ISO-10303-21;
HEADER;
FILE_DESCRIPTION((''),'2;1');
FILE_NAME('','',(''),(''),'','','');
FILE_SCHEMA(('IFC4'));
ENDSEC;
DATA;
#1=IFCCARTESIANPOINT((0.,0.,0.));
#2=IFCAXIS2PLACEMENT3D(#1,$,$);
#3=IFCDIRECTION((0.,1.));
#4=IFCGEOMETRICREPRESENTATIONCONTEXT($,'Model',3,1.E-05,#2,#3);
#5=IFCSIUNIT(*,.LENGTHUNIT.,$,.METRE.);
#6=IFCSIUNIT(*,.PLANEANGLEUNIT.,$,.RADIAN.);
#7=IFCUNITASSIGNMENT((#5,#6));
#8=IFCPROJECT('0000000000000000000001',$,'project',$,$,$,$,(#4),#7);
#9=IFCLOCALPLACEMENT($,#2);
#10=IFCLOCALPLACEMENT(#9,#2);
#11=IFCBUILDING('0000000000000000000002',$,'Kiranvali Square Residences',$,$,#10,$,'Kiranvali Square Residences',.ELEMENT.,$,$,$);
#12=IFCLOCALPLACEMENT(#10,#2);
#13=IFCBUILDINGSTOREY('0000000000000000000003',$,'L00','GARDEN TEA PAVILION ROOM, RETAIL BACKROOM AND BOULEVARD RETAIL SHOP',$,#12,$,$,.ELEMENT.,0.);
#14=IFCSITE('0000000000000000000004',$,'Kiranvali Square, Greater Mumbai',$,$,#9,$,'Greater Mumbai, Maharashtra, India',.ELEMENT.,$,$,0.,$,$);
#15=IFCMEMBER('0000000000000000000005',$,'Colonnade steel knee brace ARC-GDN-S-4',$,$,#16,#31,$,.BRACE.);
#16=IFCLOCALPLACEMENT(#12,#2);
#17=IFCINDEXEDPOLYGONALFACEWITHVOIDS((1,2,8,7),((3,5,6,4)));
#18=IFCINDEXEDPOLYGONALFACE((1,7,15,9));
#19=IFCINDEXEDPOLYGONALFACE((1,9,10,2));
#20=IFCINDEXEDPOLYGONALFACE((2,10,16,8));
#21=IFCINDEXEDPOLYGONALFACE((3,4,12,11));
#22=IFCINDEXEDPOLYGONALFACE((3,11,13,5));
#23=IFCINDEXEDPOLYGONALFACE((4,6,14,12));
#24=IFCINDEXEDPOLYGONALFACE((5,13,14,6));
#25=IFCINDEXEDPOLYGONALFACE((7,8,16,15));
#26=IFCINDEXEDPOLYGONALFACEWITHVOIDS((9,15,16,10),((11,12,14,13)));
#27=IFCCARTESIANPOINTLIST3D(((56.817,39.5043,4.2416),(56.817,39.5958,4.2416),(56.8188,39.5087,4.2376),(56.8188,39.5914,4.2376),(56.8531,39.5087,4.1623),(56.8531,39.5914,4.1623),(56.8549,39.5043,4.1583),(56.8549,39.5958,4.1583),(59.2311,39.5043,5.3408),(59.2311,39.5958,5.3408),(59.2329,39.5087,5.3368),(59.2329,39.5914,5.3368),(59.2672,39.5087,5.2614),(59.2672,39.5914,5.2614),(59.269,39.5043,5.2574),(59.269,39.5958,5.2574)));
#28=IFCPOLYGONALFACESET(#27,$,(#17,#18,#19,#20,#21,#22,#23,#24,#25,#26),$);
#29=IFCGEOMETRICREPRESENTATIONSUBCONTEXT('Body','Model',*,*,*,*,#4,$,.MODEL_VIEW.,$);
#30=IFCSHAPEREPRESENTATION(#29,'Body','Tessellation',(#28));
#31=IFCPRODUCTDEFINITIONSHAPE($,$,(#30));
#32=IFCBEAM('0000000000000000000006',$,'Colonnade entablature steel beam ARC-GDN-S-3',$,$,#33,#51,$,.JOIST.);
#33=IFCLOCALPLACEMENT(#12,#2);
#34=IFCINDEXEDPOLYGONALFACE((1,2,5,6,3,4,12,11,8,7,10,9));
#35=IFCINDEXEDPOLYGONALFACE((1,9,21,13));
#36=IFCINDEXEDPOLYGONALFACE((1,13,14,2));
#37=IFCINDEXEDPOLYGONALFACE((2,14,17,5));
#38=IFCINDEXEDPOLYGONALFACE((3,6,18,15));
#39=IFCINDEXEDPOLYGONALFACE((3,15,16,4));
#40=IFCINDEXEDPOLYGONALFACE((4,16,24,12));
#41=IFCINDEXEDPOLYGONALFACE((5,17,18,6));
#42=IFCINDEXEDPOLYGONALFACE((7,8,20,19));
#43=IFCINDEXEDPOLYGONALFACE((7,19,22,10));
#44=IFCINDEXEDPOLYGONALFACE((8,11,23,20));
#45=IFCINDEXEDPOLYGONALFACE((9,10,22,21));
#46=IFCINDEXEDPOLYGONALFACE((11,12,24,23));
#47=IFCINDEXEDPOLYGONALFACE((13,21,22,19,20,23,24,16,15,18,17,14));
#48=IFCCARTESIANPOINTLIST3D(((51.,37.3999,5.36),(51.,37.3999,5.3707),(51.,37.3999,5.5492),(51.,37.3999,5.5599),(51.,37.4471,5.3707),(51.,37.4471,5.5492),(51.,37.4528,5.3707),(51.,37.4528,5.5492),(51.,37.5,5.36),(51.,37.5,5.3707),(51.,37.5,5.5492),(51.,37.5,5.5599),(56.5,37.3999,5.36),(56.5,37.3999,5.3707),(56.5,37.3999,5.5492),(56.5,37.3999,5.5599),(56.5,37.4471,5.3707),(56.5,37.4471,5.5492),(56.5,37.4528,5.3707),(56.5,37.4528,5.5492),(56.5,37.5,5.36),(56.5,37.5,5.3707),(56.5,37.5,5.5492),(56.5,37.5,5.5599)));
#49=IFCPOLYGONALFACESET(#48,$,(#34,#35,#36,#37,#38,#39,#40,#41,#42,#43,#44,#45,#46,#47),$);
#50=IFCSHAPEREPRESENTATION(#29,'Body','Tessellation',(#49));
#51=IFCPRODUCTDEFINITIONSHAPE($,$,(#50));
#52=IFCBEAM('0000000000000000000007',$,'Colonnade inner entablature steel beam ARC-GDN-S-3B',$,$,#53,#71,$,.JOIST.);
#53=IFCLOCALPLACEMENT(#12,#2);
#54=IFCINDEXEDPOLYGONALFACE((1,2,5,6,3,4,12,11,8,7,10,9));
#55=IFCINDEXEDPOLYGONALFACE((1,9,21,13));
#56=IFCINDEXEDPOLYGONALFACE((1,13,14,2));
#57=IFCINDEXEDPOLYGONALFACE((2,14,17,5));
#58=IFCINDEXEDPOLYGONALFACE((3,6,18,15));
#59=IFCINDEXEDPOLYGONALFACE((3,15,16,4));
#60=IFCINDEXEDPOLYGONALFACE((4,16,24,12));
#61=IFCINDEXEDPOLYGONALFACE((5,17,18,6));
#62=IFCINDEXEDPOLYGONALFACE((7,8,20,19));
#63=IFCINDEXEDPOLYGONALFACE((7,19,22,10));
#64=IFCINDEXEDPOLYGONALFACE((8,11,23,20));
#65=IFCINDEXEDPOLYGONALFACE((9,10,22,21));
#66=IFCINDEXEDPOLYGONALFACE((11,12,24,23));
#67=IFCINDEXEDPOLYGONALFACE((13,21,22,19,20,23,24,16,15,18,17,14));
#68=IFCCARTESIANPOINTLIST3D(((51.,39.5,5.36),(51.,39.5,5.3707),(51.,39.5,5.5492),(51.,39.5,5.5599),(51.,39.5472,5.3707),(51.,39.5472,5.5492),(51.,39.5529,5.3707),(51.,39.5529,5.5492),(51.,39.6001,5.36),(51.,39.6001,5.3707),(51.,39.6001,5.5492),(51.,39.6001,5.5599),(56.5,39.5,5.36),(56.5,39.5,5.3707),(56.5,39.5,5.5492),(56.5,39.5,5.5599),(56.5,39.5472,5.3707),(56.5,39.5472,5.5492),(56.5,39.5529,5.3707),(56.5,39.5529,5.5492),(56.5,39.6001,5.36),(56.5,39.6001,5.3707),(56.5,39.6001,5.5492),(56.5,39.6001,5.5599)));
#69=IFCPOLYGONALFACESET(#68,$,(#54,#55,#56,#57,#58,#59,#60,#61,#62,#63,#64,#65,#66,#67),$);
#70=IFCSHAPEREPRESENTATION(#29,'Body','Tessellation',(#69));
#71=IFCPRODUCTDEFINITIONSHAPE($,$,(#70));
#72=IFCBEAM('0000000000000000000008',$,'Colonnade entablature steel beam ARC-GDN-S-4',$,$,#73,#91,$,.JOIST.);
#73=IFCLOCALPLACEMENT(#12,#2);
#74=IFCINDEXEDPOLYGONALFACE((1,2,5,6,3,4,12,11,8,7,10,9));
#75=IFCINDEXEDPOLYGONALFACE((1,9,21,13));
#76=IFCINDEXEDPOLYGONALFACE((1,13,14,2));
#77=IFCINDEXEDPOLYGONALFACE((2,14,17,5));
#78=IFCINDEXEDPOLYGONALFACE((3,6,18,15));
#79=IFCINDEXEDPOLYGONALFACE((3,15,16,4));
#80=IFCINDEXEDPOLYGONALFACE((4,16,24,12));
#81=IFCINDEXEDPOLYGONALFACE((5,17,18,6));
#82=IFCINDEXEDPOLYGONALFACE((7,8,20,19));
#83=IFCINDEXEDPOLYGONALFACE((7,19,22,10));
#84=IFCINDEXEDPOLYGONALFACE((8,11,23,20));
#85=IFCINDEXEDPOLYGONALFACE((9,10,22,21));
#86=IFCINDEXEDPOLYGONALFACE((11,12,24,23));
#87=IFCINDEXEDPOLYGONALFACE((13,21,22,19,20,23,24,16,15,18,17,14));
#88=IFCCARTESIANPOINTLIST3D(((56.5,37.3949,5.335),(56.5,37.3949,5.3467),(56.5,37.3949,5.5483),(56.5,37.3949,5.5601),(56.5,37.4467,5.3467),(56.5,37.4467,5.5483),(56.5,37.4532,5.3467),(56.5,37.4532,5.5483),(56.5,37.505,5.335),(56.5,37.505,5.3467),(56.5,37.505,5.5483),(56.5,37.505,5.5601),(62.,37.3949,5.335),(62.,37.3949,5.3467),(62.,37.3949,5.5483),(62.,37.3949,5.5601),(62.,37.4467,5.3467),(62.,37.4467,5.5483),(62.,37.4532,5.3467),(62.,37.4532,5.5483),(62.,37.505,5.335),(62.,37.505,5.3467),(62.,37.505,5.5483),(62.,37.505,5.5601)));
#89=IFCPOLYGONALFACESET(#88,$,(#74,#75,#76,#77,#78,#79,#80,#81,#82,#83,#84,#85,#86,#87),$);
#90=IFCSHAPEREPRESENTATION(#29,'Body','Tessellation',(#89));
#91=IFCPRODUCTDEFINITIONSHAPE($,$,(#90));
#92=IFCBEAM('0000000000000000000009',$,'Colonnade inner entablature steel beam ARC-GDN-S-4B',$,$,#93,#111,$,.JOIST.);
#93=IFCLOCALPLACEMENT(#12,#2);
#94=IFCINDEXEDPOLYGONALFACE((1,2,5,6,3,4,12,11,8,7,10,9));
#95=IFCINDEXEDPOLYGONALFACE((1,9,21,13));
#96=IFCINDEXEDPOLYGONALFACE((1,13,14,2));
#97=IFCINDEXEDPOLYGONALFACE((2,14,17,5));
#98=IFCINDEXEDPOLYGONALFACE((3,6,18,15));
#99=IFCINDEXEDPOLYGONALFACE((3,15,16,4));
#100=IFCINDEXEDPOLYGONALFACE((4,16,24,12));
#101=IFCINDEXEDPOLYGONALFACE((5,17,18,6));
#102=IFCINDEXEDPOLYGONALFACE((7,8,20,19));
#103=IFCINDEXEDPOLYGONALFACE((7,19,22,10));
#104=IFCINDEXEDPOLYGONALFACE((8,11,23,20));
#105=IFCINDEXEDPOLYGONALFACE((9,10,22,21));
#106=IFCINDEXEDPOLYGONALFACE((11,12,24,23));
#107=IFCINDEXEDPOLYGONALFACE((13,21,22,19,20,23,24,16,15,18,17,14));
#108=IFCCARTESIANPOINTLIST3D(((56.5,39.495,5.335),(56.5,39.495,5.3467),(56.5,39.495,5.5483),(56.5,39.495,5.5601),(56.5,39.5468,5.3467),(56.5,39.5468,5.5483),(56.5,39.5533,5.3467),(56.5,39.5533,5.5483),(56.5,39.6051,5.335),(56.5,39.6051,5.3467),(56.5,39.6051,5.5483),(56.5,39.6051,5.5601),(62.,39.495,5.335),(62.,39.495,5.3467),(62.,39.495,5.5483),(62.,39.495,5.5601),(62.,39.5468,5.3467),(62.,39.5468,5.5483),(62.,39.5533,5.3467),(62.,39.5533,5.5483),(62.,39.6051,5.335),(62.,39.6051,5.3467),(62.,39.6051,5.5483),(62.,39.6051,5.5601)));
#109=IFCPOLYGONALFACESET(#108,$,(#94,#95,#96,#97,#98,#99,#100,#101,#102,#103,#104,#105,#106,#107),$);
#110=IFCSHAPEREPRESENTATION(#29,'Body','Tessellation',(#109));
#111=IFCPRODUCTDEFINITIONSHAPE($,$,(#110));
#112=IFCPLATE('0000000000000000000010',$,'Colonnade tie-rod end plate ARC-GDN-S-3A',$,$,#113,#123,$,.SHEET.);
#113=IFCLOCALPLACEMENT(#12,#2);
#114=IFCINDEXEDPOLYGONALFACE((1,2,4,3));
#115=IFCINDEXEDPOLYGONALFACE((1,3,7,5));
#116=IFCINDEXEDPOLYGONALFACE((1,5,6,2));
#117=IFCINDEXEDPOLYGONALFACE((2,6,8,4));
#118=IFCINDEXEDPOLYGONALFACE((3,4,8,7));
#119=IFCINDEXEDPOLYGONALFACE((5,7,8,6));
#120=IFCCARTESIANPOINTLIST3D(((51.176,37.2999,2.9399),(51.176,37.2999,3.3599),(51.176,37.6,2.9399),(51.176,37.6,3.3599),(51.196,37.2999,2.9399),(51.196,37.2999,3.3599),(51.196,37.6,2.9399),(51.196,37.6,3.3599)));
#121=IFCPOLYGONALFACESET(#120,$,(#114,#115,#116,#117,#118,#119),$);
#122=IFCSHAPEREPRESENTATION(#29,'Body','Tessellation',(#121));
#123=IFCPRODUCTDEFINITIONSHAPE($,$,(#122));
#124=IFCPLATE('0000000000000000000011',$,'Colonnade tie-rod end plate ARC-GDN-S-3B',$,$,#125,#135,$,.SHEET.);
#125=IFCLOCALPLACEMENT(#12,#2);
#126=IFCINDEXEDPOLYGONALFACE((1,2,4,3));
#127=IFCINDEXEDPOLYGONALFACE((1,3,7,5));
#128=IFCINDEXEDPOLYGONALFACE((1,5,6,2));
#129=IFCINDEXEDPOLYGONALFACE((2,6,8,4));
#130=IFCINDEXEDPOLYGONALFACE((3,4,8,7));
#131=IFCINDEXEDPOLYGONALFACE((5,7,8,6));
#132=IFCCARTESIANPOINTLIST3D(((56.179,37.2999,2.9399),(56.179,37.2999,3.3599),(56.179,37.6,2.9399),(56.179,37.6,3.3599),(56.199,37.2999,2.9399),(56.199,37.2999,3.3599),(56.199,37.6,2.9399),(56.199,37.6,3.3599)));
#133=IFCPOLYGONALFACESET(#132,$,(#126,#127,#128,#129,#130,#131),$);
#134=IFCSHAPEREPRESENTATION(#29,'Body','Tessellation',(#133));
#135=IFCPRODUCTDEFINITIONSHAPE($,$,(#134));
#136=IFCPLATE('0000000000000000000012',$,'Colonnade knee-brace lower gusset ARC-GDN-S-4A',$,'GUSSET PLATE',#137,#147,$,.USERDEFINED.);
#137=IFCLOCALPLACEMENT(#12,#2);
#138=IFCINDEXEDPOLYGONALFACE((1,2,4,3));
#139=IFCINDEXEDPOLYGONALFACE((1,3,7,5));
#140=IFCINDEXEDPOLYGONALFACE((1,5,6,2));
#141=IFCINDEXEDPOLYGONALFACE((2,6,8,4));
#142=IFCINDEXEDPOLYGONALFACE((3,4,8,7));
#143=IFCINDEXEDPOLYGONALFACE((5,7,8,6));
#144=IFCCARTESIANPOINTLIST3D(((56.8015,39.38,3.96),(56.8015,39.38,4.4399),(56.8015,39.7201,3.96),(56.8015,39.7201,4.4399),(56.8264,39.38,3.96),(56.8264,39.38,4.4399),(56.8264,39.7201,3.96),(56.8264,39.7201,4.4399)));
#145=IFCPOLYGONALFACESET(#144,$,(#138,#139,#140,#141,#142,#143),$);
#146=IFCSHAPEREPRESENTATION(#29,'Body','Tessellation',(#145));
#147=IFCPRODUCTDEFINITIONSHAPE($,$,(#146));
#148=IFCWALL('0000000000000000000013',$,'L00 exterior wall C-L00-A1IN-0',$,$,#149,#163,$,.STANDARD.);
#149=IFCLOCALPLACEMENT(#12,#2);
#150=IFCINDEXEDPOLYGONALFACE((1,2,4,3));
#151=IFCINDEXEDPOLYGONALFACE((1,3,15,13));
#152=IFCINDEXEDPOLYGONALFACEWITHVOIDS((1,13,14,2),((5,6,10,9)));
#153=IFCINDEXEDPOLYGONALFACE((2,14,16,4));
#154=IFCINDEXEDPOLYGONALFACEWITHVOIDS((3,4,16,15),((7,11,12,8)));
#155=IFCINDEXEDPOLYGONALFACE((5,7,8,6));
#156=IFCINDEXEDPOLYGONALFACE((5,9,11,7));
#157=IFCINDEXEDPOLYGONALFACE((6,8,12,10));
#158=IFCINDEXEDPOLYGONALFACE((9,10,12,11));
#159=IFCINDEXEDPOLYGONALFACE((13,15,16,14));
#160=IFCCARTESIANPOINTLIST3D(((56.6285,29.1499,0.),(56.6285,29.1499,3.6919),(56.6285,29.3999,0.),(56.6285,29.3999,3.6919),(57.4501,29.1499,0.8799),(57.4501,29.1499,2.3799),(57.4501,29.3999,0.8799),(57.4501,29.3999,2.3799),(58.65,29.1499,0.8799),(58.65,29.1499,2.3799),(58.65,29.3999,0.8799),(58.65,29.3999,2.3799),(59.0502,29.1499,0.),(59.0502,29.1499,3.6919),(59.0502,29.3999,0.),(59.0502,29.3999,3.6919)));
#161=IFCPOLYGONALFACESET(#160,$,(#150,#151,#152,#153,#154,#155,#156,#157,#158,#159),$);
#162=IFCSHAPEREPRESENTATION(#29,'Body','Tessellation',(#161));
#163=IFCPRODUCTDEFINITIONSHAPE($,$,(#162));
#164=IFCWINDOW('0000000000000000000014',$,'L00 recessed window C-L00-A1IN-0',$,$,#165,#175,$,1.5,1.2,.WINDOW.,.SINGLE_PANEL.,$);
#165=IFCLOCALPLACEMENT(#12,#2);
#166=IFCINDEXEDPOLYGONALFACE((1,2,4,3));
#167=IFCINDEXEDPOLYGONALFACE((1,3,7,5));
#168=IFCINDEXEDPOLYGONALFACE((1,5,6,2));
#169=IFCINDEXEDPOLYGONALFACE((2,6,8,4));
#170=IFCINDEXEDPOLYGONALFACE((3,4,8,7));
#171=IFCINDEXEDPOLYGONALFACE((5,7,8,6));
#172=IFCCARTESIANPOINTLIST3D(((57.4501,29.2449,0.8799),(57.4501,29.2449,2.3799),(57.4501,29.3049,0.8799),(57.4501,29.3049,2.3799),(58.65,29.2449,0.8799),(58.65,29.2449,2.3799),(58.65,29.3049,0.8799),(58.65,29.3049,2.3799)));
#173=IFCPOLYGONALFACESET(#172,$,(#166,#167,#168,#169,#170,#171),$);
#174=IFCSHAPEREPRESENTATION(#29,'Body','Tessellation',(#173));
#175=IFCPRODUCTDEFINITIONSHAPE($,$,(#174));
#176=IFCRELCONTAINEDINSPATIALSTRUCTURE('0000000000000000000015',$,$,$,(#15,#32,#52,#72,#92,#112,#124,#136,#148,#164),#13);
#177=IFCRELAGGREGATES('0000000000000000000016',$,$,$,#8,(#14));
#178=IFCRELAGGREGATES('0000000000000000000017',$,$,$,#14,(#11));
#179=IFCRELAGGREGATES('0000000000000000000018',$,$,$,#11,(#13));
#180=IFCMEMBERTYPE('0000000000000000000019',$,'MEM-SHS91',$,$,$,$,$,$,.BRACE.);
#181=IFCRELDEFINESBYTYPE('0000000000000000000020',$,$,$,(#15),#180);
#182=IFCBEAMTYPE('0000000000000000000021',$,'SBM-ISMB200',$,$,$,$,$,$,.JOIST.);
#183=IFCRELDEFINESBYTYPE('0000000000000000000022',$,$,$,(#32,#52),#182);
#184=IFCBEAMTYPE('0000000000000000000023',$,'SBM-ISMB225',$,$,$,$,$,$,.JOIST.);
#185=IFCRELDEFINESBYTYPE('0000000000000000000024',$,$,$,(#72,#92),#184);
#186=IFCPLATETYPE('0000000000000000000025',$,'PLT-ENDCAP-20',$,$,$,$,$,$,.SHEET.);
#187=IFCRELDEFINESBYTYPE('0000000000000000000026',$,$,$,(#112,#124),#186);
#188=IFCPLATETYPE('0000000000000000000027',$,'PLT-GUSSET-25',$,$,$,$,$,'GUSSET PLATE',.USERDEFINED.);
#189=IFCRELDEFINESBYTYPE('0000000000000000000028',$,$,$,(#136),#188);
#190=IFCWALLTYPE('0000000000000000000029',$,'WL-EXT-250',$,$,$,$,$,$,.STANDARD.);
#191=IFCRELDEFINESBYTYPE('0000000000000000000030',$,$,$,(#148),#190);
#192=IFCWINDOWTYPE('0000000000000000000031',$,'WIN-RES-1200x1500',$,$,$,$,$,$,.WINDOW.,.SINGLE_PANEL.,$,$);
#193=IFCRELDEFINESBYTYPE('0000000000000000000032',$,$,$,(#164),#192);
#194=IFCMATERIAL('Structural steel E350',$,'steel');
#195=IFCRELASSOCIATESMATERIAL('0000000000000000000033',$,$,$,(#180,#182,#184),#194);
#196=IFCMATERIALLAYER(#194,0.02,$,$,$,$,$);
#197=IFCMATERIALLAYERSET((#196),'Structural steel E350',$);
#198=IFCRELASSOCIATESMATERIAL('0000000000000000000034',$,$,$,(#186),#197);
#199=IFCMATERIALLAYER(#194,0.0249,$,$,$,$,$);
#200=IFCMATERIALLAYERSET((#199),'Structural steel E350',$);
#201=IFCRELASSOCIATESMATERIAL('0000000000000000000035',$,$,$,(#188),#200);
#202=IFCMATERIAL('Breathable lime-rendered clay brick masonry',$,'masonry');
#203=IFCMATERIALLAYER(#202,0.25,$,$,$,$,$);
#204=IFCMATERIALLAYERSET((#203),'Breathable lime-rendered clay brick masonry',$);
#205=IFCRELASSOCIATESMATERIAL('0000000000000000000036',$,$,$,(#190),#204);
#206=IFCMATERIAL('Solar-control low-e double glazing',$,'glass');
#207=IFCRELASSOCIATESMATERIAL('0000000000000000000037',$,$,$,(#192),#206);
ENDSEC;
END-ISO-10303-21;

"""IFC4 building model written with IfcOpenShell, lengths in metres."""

from ifc_helpers import new_model, si_unit, direction, frame, frame_2d, origin, origin_2d, place, context, subcontext, project, spatial, rectangle, hollow_rectangle, i_section, extrude, material, layer, layer_set, material_profile, profile_set, type_object, element, fill, save


model = new_model("IFC4")

# Units and contexts
model_context = context("Model", 3, precision=1e-05, world=origin(), true_north=direction((0.0, 1.0)))
body_context = subcontext(model_context, "Body", "Model", "MODEL_VIEW")
ifc_project = project(units=[si_unit("LENGTHUNIT", "METRE"), si_unit("PLANEANGLEUNIT", "RADIAN")], contexts=[model_context])

# Site, building, storey
site_placement = place(None, origin())
site = spatial("IfcSite", under=ifc_project, at=site_placement, Name="Kiranvali Square, Greater Mumbai", LongName="Greater Mumbai, Maharashtra, India", CompositionType="ELEMENT", RefElevation=0.0)
building_placement = place(site_placement, origin())
building = spatial("IfcBuilding", under=site, at=building_placement, Name="Kiranvali Square Residences", LongName="Kiranvali Square Residences", CompositionType="ELEMENT")
storey_placement = place(building_placement, origin())
storey = spatial("IfcBuildingStorey", under=building, at=storey_placement, Name="L00", Description="GARDEN TEA PAVILION ROOM, RETAIL BACKROOM AND BOULEVARD RETAIL SHOP", CompositionType="ELEMENT", Elevation=0.0)

# Member
ifc_material_1 = material(Name="Structural steel E350", Category="steel")
ifc_material_profile_1 = material_profile(ifc_material_1, hollow_rectangle(XDim=0.0916, YDim=0.0916, WallThickness=0.0044, at=origin_2d()), Name="SHS 91.5x91.5x4.5")
ifc_profile_set_1 = profile_set([ifc_material_profile_1], Name="Structural steel E350")
member_type_1 = type_object("IfcMemberType", Name="MEM-SHS91", PredefinedType="BRACE", material=ifc_profile_set_1)
member_1_placement = place(storey_placement, frame((56.8359, 39.55, 4.2), z_axis=(0.910108, 0.0, 0.414372), x_axis=(0.0, 1.0, 0.0)))
element("IfcMember", 1, at=member_1_placement, inside=storey, type_object=member_type_1, Name="Colonnade steel knee brace ARC-GDN-S-4", PredefinedType="BRACE", context=body_context, shape_type="SweptSolid", body=[
    extrude(hollow_rectangle(XDim=0.0916, YDim=0.0916, WallThickness=0.0044, at=origin_2d()), origin(), (0.0, 0.0, 1.0), 2.6526),
])

# Beams
ifc_material_profile_2 = material_profile(ifc_material_1, i_section(OverallWidth=0.1001, OverallDepth=0.2, WebThickness=0.0056, FlangeThickness=0.0107, at=origin_2d()), Name="ISMB 200")
ifc_profile_set_2 = profile_set([ifc_material_profile_2], Name="Structural steel E350")
beam_type_1 = type_object("IfcBeamType", Name="SBM-ISMB200", PredefinedType="JOIST", material=ifc_profile_set_2)
for number, where, z_axis, x_axis, name in (
    (2, (51.0, 37.45, 5.46), (1.0, 0.0, 0.0), (0.0, 1.0, 0.0), "Colonnade entablature steel beam ARC-GDN-S-3"),
    (3, (51.0, 39.55, 5.46), (1.0, 0.0, 0.0), (0.0, 1.0, 0.0), "Colonnade inner entablature steel beam ARC-GDN-S-3B"),
):
    element("IfcBeam", number, at=place(storey_placement, frame(where, z_axis=z_axis, x_axis=x_axis)), inside=storey, type_object=beam_type_1, Name=name, PredefinedType="JOIST", context=body_context, shape_type="SweptSolid", body=[
        extrude(i_section(OverallWidth=0.1001, OverallDepth=0.2, WebThickness=0.0056, FlangeThickness=0.0107, at=origin_2d()), origin(), (0.0, 0.0, 1.0), 5.5),
    ])
ifc_material_profile_3 = material_profile(ifc_material_1, i_section(OverallWidth=0.1101, OverallDepth=0.2251, WebThickness=0.0066, FlangeThickness=0.0117, at=origin_2d()), Name="ISMB 225")
ifc_profile_set_3 = profile_set([ifc_material_profile_3], Name="Structural steel E350")
beam_type_2 = type_object("IfcBeamType", Name="SBM-ISMB225", PredefinedType="JOIST", material=ifc_profile_set_3)
for number, where, z_axis, x_axis, name in (
    (4, (56.5, 37.45, 5.4475), (1.0, 0.0, 0.0), (0.0, 1.0, 0.0), "Colonnade entablature steel beam ARC-GDN-S-4"),
    (5, (56.5, 39.55, 5.4475), (1.0, 0.0, 0.0), (0.0, 1.0, 0.0), "Colonnade inner entablature steel beam ARC-GDN-S-4B"),
):
    element("IfcBeam", number, at=place(storey_placement, frame(where, z_axis=z_axis, x_axis=x_axis)), inside=storey, type_object=beam_type_2, Name=name, PredefinedType="JOIST", context=body_context, shape_type="SweptSolid", body=[
        extrude(i_section(OverallWidth=0.1101, OverallDepth=0.2251, WebThickness=0.0066, FlangeThickness=0.0117, at=origin_2d()), origin(), (0.0, 0.0, 1.0), 5.5),
    ])

# Plates
ifc_layer_1 = layer(ifc_material_1, 0.02)
ifc_layer_set_1 = layer_set([ifc_layer_1], Name="Structural steel E350")
plate_type_1 = type_object("IfcPlateType", Name="PLT-ENDCAP-20", PredefinedType="SHEET", material=ifc_layer_set_1)
for number, where, z_axis, x_axis, name in (
    (6, (51.186, 37.45, 2.9399), (0.0, 0.0, 1.0), (1.0, 0.0, 0.0), "Colonnade tie-rod end plate ARC-GDN-S-3A"),
    (7, (56.189, 37.45, 2.9399), (0.0, 0.0, 1.0), (1.0, 0.0, 0.0), "Colonnade tie-rod end plate ARC-GDN-S-3B"),
):
    element("IfcPlate", number, at=place(storey_placement, frame(where, z_axis=z_axis, x_axis=x_axis)), inside=storey, type_object=plate_type_1, Name=name, PredefinedType="SHEET", context=body_context, shape_type="SweptSolid", body=[
        extrude(rectangle(XDim=0.02, YDim=0.3, at=origin_2d()), origin(), (0.0, 0.0, 1.0), 0.4199),
    ])
ifc_layer_2 = layer(ifc_material_1, 0.0249)
ifc_layer_set_2 = layer_set([ifc_layer_2], Name="Structural steel E350")
plate_type_2 = type_object("IfcPlateType", Name="PLT-GUSSET-25", ElementType="GUSSET PLATE", PredefinedType="USERDEFINED", material=ifc_layer_set_2)
plate_placement = place(storey_placement, frame((56.814, 39.55, 3.96), z_axis=(0.0, 0.0, 1.0), x_axis=(1.0, 0.0, 0.0)))
element("IfcPlate", 8, at=plate_placement, inside=storey, type_object=plate_type_2, Name="Colonnade knee-brace lower gusset ARC-GDN-S-4A", ObjectType="GUSSET PLATE", PredefinedType="USERDEFINED", context=body_context, shape_type="SweptSolid", body=[
    extrude(rectangle(XDim=0.0249, YDim=0.3401, at=origin_2d()), origin(), (0.0, 0.0, 1.0), 0.48),
])

# Wall, opening, window
ifc_material_2 = material(Name="Breathable lime-rendered clay brick masonry", Category="masonry")
ifc_layer_3 = layer(ifc_material_2, 0.25)
ifc_layer_set_3 = layer_set([ifc_layer_3], Name="Breathable lime-rendered clay brick masonry")
wall_type = type_object("IfcWallType", Name="WL-EXT-250", PredefinedType="STANDARD", material=ifc_layer_set_3)
wall_placement = place(storey_placement, frame((56.6284, 29.2749, 0.0), z_axis=(0.0, 0.0, 1.0), x_axis=(1.0, 0.0, 0.0)))
wall = element("IfcWall", 9, at=wall_placement, inside=storey, type_object=wall_type, Name="L00 exterior wall C-L00-A1IN-0", PredefinedType="STANDARD", context=body_context, shape_type="SweptSolid", body=[
    extrude(rectangle(XDim=2.4216, YDim=0.25, at=frame_2d((1.2109, 0.0))), origin(), (0.0, 0.0, 1.0), 3.6919),
])
opening_placement = place(wall_placement, frame((0.8215, 0.0, 0.8799)))
opening = element("IfcOpeningElement", 10, at=opening_placement, cuts=wall, PredefinedType="OPENING", context=body_context, shape_type="SweptSolid", body=[
    extrude(rectangle(XDim=1.2, YDim=1.5, at=frame_2d((0.6001, 0.75))), frame((0.0, 0.135, 0.0), z_axis=(0.0, -1.0, 0.0), x_axis=(1.0, 0.0, 0.0)), (0.0, 0.0, 1.0), 0.27),
])
ifc_material_3 = material(Name="Solar-control low-e double glazing", Category="glass")
window_type = type_object("IfcWindowType", Name="WIN-RES-1200x1500", PartitioningType="SINGLE_PANEL", PredefinedType="WINDOW", material=ifc_material_3)
window_placement = place(opening_placement, origin())
window = element("IfcWindow", 11, at=window_placement, inside=storey, type_object=window_type, Name="L00 recessed window C-L00-A1IN-0", OverallHeight=1.5, OverallWidth=1.2, PartitioningType="SINGLE_PANEL", PredefinedType="WINDOW", context=body_context, shape_type="SweptSolid", body=[
    extrude(rectangle(XDim=1.2, YDim=1.5, at=frame_2d((0.6001, 0.75))), frame((0.0, 0.03, 0.0), z_axis=(0.0, -1.0, 0.0), x_axis=(1.0, 0.0, 0.0)), (0.0, 0.0, 1.0), 0.0601),
])
fill(opening, window)

save(model, "model.ifc")
